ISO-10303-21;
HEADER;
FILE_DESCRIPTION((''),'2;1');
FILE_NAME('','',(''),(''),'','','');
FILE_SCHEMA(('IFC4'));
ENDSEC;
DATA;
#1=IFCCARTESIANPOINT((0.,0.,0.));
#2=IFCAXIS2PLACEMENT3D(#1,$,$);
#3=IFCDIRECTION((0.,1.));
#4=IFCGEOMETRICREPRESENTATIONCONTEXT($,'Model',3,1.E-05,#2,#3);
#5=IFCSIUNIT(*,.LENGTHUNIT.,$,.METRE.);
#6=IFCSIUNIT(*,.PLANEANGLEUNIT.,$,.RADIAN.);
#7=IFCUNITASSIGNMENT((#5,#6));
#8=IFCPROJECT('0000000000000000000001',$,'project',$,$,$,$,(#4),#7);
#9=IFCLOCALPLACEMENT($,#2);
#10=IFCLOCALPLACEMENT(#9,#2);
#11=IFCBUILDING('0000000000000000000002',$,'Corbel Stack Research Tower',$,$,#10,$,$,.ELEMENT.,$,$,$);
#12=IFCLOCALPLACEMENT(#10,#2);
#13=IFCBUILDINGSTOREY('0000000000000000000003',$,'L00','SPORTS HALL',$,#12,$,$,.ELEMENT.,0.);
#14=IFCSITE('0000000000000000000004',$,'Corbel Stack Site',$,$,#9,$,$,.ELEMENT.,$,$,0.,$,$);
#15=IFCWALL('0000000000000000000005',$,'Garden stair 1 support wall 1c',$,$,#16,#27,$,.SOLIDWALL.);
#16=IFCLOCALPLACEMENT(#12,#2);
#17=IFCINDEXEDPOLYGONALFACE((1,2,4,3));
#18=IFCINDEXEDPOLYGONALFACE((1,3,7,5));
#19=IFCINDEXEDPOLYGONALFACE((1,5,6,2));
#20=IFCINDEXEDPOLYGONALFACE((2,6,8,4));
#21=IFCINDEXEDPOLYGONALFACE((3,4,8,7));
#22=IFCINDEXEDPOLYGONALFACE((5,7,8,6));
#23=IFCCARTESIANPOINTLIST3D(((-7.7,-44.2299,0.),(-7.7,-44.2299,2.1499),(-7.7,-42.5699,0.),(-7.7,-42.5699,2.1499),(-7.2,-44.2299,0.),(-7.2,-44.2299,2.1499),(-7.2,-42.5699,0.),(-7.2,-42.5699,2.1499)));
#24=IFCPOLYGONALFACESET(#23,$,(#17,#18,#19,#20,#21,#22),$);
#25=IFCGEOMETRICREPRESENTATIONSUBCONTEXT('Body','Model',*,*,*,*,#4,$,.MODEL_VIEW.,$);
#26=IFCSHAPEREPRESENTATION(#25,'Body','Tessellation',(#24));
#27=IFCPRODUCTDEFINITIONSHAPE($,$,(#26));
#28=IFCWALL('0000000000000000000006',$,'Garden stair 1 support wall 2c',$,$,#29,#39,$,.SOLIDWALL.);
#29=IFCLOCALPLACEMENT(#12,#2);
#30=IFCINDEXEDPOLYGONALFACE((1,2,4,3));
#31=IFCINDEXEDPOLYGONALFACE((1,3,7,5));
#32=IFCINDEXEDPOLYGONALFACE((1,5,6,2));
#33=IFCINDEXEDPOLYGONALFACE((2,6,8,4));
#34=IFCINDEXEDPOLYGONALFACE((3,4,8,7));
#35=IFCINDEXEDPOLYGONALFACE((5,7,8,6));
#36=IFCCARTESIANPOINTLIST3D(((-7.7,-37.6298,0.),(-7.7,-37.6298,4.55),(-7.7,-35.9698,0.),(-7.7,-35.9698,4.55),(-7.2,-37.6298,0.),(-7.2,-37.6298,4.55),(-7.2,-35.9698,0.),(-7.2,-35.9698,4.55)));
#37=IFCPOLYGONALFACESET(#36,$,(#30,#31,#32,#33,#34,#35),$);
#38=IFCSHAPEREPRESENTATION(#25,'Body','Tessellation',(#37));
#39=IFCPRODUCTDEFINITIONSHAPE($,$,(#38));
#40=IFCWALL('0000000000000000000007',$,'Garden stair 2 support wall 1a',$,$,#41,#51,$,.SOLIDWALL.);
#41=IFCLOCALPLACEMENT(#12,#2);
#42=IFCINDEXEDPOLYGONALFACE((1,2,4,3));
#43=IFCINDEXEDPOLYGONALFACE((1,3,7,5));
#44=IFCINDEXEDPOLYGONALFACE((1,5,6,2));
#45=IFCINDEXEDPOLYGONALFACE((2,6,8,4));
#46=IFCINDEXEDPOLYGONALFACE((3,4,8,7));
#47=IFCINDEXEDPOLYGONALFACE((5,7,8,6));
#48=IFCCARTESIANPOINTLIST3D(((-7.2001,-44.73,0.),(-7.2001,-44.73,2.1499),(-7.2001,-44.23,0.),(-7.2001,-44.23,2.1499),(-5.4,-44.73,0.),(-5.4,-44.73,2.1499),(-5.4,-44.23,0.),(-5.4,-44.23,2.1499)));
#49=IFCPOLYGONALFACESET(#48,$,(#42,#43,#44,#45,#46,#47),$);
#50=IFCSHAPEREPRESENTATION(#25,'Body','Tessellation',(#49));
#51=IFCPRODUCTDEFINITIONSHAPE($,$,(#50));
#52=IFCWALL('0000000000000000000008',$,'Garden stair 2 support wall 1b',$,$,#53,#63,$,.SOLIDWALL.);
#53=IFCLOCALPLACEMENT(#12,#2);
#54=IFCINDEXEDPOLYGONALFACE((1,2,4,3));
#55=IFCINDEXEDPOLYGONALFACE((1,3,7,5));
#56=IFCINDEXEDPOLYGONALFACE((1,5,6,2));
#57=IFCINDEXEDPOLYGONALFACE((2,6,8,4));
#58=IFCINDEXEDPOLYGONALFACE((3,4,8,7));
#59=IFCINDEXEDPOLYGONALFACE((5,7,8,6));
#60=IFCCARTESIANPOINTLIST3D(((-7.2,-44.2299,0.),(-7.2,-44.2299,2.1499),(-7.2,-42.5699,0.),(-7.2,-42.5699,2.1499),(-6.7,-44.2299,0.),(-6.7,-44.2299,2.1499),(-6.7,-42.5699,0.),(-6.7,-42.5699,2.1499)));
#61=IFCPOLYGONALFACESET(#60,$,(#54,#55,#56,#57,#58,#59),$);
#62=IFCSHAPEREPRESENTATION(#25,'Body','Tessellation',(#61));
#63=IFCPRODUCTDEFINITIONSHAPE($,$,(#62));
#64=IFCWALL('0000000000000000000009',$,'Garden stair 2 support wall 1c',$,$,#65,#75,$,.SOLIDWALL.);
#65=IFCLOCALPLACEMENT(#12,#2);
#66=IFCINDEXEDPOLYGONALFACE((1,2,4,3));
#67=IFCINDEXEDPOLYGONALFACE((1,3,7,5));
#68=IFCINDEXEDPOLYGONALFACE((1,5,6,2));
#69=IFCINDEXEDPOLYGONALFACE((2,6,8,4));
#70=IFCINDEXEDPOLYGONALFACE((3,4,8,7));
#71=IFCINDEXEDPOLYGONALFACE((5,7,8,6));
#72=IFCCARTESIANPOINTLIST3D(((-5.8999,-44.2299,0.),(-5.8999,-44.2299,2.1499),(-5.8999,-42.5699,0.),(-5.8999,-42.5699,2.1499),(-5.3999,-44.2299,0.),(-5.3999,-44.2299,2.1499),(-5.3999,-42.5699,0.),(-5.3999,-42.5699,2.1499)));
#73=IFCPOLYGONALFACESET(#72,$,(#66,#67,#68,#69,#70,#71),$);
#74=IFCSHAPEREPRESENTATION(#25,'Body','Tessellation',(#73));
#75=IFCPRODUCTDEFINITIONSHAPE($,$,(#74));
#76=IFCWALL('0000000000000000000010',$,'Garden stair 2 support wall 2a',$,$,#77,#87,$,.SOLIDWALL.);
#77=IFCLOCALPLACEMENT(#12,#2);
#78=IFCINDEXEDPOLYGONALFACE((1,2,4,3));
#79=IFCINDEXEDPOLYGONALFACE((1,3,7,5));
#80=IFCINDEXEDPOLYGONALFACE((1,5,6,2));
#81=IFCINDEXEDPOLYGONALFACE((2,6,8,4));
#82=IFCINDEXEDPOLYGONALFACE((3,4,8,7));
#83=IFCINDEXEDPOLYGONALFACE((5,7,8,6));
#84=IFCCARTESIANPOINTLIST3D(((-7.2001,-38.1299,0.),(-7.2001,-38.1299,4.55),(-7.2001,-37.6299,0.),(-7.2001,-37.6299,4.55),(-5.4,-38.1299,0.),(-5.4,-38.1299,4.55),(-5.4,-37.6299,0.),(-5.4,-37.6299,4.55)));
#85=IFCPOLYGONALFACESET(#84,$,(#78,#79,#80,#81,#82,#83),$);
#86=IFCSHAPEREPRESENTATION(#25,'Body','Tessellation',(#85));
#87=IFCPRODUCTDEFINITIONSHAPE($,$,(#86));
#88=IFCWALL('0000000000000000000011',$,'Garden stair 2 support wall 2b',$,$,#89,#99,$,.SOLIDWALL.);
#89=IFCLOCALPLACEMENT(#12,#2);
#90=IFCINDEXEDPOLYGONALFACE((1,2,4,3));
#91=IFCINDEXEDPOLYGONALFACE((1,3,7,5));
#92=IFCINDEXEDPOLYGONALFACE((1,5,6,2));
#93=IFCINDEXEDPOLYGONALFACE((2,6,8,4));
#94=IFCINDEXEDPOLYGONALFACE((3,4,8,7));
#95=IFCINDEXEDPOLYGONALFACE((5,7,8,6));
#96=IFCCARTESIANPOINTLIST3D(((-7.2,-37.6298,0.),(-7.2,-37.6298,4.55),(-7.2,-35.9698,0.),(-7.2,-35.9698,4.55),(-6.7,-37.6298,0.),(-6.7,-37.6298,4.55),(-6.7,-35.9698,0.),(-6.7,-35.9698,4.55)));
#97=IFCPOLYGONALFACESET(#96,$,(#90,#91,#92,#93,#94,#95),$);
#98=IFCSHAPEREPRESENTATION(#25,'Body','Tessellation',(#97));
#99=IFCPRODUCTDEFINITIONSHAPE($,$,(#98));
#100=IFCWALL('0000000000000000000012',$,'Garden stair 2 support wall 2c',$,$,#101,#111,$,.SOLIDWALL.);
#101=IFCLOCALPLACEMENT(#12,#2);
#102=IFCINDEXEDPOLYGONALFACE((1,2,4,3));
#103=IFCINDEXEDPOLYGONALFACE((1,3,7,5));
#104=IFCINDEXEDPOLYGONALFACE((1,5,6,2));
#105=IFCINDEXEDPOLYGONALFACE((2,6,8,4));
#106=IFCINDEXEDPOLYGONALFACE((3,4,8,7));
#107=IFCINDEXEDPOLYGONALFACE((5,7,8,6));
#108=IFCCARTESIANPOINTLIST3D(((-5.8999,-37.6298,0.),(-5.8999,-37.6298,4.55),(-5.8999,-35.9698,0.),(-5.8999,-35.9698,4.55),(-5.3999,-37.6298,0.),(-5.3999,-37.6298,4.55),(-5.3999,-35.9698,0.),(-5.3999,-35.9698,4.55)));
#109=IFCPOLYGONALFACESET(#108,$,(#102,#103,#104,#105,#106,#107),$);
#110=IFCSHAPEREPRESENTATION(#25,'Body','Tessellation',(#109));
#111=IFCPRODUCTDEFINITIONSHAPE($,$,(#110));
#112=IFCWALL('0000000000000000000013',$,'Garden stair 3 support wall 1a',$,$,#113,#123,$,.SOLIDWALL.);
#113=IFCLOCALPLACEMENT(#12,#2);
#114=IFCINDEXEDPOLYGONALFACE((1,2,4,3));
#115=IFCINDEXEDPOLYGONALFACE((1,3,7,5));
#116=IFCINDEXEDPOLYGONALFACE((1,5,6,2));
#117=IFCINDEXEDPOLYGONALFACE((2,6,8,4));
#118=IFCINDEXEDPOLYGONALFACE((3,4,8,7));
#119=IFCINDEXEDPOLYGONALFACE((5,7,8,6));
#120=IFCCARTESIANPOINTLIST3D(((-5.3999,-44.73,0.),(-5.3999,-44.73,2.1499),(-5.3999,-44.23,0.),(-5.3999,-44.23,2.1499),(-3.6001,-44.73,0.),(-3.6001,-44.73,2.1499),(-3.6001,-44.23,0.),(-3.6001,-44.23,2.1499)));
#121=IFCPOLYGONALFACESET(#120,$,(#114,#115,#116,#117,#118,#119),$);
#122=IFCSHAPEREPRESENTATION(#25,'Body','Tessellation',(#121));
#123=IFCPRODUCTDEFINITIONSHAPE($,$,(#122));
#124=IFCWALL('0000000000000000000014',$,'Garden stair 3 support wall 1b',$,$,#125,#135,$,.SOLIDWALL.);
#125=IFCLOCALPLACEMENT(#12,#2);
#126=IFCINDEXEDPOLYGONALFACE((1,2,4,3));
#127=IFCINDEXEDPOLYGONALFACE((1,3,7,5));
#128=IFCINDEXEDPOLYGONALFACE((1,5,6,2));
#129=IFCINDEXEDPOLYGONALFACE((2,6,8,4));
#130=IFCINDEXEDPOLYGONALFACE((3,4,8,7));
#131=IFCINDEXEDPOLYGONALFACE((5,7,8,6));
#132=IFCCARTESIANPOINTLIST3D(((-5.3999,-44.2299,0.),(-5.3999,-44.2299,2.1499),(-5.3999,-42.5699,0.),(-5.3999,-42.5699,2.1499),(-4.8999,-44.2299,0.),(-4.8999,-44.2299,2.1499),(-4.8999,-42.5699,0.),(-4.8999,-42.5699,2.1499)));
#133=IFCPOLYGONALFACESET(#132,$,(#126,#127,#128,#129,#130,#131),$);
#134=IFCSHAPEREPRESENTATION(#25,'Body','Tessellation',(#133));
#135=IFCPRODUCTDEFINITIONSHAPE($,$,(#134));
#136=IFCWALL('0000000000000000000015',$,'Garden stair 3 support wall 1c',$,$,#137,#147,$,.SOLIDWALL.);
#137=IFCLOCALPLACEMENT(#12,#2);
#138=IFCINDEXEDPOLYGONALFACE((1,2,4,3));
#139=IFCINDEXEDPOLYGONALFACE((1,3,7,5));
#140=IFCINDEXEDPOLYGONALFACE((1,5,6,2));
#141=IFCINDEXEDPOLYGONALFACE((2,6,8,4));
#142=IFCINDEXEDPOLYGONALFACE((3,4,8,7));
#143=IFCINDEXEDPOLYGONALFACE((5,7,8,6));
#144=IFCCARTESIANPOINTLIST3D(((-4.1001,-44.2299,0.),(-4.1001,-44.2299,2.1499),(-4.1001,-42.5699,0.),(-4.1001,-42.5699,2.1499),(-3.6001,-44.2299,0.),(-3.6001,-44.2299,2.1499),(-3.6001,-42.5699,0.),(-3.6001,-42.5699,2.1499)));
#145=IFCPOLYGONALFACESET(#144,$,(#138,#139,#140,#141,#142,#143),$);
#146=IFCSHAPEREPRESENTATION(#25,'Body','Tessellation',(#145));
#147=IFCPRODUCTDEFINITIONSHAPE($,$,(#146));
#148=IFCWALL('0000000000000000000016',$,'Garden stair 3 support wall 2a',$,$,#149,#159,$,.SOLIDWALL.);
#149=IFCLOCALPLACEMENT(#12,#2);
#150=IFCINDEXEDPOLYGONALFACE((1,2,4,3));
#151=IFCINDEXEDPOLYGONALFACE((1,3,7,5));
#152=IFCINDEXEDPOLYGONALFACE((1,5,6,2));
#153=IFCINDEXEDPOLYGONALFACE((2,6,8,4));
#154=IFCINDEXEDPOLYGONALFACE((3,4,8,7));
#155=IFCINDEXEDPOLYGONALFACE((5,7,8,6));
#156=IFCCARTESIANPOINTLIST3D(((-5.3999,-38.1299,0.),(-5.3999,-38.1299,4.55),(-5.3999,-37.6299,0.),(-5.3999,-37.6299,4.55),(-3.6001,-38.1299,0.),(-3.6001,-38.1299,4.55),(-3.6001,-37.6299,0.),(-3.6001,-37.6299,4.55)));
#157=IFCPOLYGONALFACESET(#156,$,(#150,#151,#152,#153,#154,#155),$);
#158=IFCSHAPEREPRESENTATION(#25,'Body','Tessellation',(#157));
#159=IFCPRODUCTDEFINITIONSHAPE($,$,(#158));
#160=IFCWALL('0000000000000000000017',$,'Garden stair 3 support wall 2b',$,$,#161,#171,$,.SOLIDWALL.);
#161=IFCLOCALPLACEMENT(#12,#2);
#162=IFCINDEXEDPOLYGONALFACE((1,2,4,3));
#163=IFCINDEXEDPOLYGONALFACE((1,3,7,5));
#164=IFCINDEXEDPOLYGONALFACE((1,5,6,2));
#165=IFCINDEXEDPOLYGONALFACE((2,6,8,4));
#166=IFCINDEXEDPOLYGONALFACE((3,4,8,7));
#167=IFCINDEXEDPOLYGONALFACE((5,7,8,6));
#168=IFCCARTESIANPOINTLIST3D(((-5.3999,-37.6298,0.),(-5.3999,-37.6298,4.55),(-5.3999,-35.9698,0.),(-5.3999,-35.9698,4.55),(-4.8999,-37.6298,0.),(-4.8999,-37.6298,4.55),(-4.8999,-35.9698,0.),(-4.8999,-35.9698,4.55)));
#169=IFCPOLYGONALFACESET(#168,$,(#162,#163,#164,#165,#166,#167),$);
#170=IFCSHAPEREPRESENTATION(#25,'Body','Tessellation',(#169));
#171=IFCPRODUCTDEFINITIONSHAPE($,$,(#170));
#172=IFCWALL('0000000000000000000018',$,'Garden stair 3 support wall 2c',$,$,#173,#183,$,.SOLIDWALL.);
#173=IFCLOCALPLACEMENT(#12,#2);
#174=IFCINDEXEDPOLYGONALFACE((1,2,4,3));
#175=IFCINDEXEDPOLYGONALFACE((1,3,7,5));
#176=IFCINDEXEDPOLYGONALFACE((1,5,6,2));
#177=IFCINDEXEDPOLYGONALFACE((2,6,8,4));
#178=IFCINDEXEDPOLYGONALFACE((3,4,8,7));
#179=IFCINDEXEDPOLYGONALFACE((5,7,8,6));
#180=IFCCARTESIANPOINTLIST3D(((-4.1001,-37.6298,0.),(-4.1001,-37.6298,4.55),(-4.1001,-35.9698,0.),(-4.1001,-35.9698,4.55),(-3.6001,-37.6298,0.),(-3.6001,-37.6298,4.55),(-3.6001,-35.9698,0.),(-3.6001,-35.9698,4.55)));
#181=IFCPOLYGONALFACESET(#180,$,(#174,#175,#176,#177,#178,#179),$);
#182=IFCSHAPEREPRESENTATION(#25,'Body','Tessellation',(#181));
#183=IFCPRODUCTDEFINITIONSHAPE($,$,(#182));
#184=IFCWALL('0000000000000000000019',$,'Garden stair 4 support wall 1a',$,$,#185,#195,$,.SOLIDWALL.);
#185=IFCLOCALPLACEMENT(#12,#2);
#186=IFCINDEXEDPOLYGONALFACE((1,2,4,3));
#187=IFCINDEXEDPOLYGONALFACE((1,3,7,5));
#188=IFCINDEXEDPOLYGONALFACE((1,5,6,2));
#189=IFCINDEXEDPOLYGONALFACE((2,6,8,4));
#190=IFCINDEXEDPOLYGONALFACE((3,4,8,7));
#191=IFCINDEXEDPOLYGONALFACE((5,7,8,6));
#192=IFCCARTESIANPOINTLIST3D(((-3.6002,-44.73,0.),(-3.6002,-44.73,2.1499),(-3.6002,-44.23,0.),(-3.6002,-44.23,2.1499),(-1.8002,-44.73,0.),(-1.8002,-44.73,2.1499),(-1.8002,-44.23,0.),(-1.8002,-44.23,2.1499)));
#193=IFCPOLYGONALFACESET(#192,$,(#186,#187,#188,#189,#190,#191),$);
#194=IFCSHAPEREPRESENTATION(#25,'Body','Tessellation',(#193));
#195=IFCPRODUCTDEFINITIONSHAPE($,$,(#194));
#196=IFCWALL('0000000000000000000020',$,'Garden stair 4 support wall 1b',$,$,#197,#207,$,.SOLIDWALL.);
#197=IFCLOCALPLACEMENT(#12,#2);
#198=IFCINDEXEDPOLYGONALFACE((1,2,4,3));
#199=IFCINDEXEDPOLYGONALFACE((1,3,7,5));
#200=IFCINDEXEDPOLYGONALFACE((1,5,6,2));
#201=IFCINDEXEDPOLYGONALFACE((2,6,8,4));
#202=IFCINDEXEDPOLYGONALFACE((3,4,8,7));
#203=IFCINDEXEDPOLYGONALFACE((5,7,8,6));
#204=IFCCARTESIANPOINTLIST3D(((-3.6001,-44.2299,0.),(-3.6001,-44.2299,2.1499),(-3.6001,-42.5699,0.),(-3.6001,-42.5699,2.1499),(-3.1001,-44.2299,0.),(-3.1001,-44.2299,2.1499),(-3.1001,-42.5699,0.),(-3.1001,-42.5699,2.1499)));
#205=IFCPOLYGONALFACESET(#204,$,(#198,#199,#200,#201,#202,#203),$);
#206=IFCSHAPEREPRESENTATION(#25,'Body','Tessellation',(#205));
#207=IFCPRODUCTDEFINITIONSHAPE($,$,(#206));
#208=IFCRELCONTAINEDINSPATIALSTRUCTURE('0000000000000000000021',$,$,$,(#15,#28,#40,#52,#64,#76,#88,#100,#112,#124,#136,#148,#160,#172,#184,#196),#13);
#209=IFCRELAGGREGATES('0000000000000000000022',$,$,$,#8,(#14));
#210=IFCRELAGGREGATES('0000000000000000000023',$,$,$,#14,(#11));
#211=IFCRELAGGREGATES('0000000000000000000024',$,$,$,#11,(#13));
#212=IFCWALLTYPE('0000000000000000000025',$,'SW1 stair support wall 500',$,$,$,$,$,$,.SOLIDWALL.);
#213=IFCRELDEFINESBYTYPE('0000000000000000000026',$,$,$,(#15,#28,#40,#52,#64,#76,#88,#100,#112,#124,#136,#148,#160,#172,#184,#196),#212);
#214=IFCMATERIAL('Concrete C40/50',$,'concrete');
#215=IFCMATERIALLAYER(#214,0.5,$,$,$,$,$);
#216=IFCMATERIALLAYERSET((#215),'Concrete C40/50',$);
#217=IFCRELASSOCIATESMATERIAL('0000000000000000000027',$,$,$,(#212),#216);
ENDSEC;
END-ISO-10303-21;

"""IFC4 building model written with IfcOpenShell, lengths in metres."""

from ifc_helpers import new_model, si_unit, direction, frame, frame_2d, origin, place, context, subcontext, project, spatial, rectangle, extrude, material, layer, layer_set, type_object, element, save


model = new_model("IFC4")

# Units and contexts
model_context = context("Model", 3, precision=1e-05, world=origin(), true_north=direction((0.0, 1.0)))
body_context = subcontext(model_context, "Body", "Model", "MODEL_VIEW")
ifc_project = project(units=[si_unit("LENGTHUNIT", "METRE"), si_unit("PLANEANGLEUNIT", "RADIAN")], contexts=[model_context])

# Site, building, storey
site_placement = place(None, origin())
site = spatial("IfcSite", under=ifc_project, at=site_placement, Name="Corbel Stack Site", CompositionType="ELEMENT", RefElevation=0.0)
building_placement = place(site_placement, origin())
building = spatial("IfcBuilding", under=site, at=building_placement, Name="Corbel Stack Research Tower", CompositionType="ELEMENT")
storey_placement = place(building_placement, origin())
storey = spatial("IfcBuildingStorey", under=building, at=storey_placement, Name="L00", Description="SPORTS HALL", CompositionType="ELEMENT", Elevation=0.0)

# Walls
ifc_material_1 = material(Name="Concrete C40/50", Category="concrete")
ifc_layer = layer(ifc_material_1, 0.5)
ifc_layer_set = layer_set([ifc_layer], Name="Concrete C40/50")
wall_type = type_object("IfcWallType", Name="SW1 stair support wall 500", PredefinedType="SOLIDWALL", material=ifc_layer_set)
wall_1_placement = place(storey_placement, frame((-7.45, -44.23, 0.0), z_axis=(0.0, 0.0, 1.0), x_axis=(0.0, 1.0, 0.0)))
element("IfcWall", 1, at=wall_1_placement, inside=storey, type_object=wall_type, Name="Garden stair 1 support wall 1c", PredefinedType="SOLIDWALL", context=body_context, shape_type="SweptSolid", body=[
    extrude(rectangle(XDim=1.6599, YDim=0.5, at=frame_2d((0.8301, 0.0))), origin(), (0.0, 0.0, 1.0), 2.1499),
])
wall_2_placement = place(storey_placement, frame((-7.45, -37.6299, 0.0), z_axis=(0.0, 0.0, 1.0), x_axis=(0.0, 1.0, 0.0)))
element("IfcWall", 2, at=wall_2_placement, inside=storey, type_object=wall_type, Name="Garden stair 1 support wall 2c", PredefinedType="SOLIDWALL", context=body_context, shape_type="SweptSolid", body=[
    extrude(rectangle(XDim=1.6599, YDim=0.5, at=frame_2d((0.8301, 0.0))), origin(), (0.0, 0.0, 1.0), 4.55),
])
wall_3_placement = place(storey_placement, frame((-7.2, -44.48, 0.0), z_axis=(0.0, 0.0, 1.0), x_axis=(1.0, 0.0, 0.0)))
element("IfcWall", 3, at=wall_3_placement, inside=storey, type_object=wall_type, Name="Garden stair 2 support wall 1a", PredefinedType="SOLIDWALL", context=body_context, shape_type="SweptSolid", body=[
    extrude(rectangle(XDim=1.8, YDim=0.5, at=frame_2d((0.8999, 0.0))), origin(), (0.0, 0.0, 1.0), 2.1499),
])
for number, where, z_axis, x_axis, name in (
    (4, (-6.95, -44.23, 0.0), (0.0, 0.0, 1.0), (0.0, 1.0, 0.0), "Garden stair 2 support wall 1b"),
    (5, (-5.6499, -44.23, 0.0), (0.0, 0.0, 1.0), (0.0, 1.0, 0.0), "Garden stair 2 support wall 1c"),
):
    element("IfcWall", number, at=place(storey_placement, frame(where, z_axis=z_axis, x_axis=x_axis)), inside=storey, type_object=wall_type, Name=name, PredefinedType="SOLIDWALL", context=body_context, shape_type="SweptSolid", body=[
        extrude(rectangle(XDim=1.6599, YDim=0.5, at=frame_2d((0.8301, 0.0))), origin(), (0.0, 0.0, 1.0), 2.1499),
    ])
wall_4_placement = place(storey_placement, frame((-7.2, -37.8799, 0.0), z_axis=(0.0, 0.0, 1.0), x_axis=(1.0, 0.0, 0.0)))
element("IfcWall", 6, at=wall_4_placement, inside=storey, type_object=wall_type, Name="Garden stair 2 support wall 2a", PredefinedType="SOLIDWALL", context=body_context, shape_type="SweptSolid", body=[
    extrude(rectangle(XDim=1.8, YDim=0.5, at=frame_2d((0.8999, 0.0))), origin(), (0.0, 0.0, 1.0), 4.55),
])
for number, where, z_axis, x_axis, name in (
    (7, (-6.95, -37.6299, 0.0), (0.0, 0.0, 1.0), (0.0, 1.0, 0.0), "Garden stair 2 support wall 2b"),
    (8, (-5.6499, -37.6299, 0.0), (0.0, 0.0, 1.0), (0.0, 1.0, 0.0), "Garden stair 2 support wall 2c"),
):
    element("IfcWall", number, at=place(storey_placement, frame(where, z_axis=z_axis, x_axis=x_axis)), inside=storey, type_object=wall_type, Name=name, PredefinedType="SOLIDWALL", context=body_context, shape_type="SweptSolid", body=[
        extrude(rectangle(XDim=1.6599, YDim=0.5, at=frame_2d((0.8301, 0.0))), origin(), (0.0, 0.0, 1.0), 4.55),
    ])
wall_5_placement = place(storey_placement, frame((-5.3999, -44.48, 0.0), z_axis=(0.0, 0.0, 1.0), x_axis=(1.0, 0.0, 0.0)))
element("IfcWall", 9, at=wall_5_placement, inside=storey, type_object=wall_type, Name="Garden stair 3 support wall 1a", PredefinedType="SOLIDWALL", context=body_context, shape_type="SweptSolid", body=[
    extrude(rectangle(XDim=1.7998, YDim=0.5, at=frame_2d((0.8999, 0.0))), origin(), (0.0, 0.0, 1.0), 2.1499),
])
for number, where, z_axis, x_axis, name in (
    (10, (-5.1499, -44.23, 0.0), (0.0, 0.0, 1.0), (0.0, 1.0, 0.0), "Garden stair 3 support wall 1b"),
    (11, (-3.8501, -44.23, 0.0), (0.0, 0.0, 1.0), (0.0, 1.0, 0.0), "Garden stair 3 support wall 1c"),
):
    element("IfcWall", number, at=place(storey_placement, frame(where, z_axis=z_axis, x_axis=x_axis)), inside=storey, type_object=wall_type, Name=name, PredefinedType="SOLIDWALL", context=body_context, shape_type="SweptSolid", body=[
        extrude(rectangle(XDim=1.6599, YDim=0.5, at=frame_2d((0.8301, 0.0))), origin(), (0.0, 0.0, 1.0), 2.1499),
    ])
wall_6_placement = place(storey_placement, frame((-5.3999, -37.8799, 0.0), z_axis=(0.0, 0.0, 1.0), x_axis=(1.0, 0.0, 0.0)))
element("IfcWall", 12, at=wall_6_placement, inside=storey, type_object=wall_type, Name="Garden stair 3 support wall 2a", PredefinedType="SOLIDWALL", context=body_context, shape_type="SweptSolid", body=[
    extrude(rectangle(XDim=1.7998, YDim=0.5, at=frame_2d((0.8999, 0.0))), origin(), (0.0, 0.0, 1.0), 4.55),
])
for number, where, z_axis, x_axis, name in (
    (13, (-5.1499, -37.6299, 0.0), (0.0, 0.0, 1.0), (0.0, 1.0, 0.0), "Garden stair 3 support wall 2b"),
    (14, (-3.8501, -37.6299, 0.0), (0.0, 0.0, 1.0), (0.0, 1.0, 0.0), "Garden stair 3 support wall 2c"),
):
    element("IfcWall", number, at=place(storey_placement, frame(where, z_axis=z_axis, x_axis=x_axis)), inside=storey, type_object=wall_type, Name=name, PredefinedType="SOLIDWALL", context=body_context, shape_type="SweptSolid", body=[
        extrude(rectangle(XDim=1.6599, YDim=0.5, at=frame_2d((0.8301, 0.0))), origin(), (0.0, 0.0, 1.0), 4.55),
    ])
wall_7_placement = place(storey_placement, frame((-3.6001, -44.48, 0.0), z_axis=(0.0, 0.0, 1.0), x_axis=(1.0, 0.0, 0.0)))
element("IfcWall", 15, at=wall_7_placement, inside=storey, type_object=wall_type, Name="Garden stair 4 support wall 1a", PredefinedType="SOLIDWALL", context=body_context, shape_type="SweptSolid", body=[
    extrude(rectangle(XDim=1.8, YDim=0.5, at=frame_2d((0.8999, 0.0))), origin(), (0.0, 0.0, 1.0), 2.1499),
])
for number, where, z_axis, x_axis, name in (
    (16, (-3.3501, -44.23, 0.0), (0.0, 0.0, 1.0), (0.0, 1.0, 0.0), "Garden stair 4 support wall 1b"),
):
    element("IfcWall", number, at=place(storey_placement, frame(where, z_axis=z_axis, x_axis=x_axis)), inside=storey, type_object=wall_type, Name=name, PredefinedType="SOLIDWALL", context=body_context, shape_type="SweptSolid", body=[
        extrude(rectangle(XDim=1.6599, YDim=0.5, at=frame_2d((0.8301, 0.0))), origin(), (0.0, 0.0, 1.0), 2.1499),
    ])

save(model, "model.ifc")
